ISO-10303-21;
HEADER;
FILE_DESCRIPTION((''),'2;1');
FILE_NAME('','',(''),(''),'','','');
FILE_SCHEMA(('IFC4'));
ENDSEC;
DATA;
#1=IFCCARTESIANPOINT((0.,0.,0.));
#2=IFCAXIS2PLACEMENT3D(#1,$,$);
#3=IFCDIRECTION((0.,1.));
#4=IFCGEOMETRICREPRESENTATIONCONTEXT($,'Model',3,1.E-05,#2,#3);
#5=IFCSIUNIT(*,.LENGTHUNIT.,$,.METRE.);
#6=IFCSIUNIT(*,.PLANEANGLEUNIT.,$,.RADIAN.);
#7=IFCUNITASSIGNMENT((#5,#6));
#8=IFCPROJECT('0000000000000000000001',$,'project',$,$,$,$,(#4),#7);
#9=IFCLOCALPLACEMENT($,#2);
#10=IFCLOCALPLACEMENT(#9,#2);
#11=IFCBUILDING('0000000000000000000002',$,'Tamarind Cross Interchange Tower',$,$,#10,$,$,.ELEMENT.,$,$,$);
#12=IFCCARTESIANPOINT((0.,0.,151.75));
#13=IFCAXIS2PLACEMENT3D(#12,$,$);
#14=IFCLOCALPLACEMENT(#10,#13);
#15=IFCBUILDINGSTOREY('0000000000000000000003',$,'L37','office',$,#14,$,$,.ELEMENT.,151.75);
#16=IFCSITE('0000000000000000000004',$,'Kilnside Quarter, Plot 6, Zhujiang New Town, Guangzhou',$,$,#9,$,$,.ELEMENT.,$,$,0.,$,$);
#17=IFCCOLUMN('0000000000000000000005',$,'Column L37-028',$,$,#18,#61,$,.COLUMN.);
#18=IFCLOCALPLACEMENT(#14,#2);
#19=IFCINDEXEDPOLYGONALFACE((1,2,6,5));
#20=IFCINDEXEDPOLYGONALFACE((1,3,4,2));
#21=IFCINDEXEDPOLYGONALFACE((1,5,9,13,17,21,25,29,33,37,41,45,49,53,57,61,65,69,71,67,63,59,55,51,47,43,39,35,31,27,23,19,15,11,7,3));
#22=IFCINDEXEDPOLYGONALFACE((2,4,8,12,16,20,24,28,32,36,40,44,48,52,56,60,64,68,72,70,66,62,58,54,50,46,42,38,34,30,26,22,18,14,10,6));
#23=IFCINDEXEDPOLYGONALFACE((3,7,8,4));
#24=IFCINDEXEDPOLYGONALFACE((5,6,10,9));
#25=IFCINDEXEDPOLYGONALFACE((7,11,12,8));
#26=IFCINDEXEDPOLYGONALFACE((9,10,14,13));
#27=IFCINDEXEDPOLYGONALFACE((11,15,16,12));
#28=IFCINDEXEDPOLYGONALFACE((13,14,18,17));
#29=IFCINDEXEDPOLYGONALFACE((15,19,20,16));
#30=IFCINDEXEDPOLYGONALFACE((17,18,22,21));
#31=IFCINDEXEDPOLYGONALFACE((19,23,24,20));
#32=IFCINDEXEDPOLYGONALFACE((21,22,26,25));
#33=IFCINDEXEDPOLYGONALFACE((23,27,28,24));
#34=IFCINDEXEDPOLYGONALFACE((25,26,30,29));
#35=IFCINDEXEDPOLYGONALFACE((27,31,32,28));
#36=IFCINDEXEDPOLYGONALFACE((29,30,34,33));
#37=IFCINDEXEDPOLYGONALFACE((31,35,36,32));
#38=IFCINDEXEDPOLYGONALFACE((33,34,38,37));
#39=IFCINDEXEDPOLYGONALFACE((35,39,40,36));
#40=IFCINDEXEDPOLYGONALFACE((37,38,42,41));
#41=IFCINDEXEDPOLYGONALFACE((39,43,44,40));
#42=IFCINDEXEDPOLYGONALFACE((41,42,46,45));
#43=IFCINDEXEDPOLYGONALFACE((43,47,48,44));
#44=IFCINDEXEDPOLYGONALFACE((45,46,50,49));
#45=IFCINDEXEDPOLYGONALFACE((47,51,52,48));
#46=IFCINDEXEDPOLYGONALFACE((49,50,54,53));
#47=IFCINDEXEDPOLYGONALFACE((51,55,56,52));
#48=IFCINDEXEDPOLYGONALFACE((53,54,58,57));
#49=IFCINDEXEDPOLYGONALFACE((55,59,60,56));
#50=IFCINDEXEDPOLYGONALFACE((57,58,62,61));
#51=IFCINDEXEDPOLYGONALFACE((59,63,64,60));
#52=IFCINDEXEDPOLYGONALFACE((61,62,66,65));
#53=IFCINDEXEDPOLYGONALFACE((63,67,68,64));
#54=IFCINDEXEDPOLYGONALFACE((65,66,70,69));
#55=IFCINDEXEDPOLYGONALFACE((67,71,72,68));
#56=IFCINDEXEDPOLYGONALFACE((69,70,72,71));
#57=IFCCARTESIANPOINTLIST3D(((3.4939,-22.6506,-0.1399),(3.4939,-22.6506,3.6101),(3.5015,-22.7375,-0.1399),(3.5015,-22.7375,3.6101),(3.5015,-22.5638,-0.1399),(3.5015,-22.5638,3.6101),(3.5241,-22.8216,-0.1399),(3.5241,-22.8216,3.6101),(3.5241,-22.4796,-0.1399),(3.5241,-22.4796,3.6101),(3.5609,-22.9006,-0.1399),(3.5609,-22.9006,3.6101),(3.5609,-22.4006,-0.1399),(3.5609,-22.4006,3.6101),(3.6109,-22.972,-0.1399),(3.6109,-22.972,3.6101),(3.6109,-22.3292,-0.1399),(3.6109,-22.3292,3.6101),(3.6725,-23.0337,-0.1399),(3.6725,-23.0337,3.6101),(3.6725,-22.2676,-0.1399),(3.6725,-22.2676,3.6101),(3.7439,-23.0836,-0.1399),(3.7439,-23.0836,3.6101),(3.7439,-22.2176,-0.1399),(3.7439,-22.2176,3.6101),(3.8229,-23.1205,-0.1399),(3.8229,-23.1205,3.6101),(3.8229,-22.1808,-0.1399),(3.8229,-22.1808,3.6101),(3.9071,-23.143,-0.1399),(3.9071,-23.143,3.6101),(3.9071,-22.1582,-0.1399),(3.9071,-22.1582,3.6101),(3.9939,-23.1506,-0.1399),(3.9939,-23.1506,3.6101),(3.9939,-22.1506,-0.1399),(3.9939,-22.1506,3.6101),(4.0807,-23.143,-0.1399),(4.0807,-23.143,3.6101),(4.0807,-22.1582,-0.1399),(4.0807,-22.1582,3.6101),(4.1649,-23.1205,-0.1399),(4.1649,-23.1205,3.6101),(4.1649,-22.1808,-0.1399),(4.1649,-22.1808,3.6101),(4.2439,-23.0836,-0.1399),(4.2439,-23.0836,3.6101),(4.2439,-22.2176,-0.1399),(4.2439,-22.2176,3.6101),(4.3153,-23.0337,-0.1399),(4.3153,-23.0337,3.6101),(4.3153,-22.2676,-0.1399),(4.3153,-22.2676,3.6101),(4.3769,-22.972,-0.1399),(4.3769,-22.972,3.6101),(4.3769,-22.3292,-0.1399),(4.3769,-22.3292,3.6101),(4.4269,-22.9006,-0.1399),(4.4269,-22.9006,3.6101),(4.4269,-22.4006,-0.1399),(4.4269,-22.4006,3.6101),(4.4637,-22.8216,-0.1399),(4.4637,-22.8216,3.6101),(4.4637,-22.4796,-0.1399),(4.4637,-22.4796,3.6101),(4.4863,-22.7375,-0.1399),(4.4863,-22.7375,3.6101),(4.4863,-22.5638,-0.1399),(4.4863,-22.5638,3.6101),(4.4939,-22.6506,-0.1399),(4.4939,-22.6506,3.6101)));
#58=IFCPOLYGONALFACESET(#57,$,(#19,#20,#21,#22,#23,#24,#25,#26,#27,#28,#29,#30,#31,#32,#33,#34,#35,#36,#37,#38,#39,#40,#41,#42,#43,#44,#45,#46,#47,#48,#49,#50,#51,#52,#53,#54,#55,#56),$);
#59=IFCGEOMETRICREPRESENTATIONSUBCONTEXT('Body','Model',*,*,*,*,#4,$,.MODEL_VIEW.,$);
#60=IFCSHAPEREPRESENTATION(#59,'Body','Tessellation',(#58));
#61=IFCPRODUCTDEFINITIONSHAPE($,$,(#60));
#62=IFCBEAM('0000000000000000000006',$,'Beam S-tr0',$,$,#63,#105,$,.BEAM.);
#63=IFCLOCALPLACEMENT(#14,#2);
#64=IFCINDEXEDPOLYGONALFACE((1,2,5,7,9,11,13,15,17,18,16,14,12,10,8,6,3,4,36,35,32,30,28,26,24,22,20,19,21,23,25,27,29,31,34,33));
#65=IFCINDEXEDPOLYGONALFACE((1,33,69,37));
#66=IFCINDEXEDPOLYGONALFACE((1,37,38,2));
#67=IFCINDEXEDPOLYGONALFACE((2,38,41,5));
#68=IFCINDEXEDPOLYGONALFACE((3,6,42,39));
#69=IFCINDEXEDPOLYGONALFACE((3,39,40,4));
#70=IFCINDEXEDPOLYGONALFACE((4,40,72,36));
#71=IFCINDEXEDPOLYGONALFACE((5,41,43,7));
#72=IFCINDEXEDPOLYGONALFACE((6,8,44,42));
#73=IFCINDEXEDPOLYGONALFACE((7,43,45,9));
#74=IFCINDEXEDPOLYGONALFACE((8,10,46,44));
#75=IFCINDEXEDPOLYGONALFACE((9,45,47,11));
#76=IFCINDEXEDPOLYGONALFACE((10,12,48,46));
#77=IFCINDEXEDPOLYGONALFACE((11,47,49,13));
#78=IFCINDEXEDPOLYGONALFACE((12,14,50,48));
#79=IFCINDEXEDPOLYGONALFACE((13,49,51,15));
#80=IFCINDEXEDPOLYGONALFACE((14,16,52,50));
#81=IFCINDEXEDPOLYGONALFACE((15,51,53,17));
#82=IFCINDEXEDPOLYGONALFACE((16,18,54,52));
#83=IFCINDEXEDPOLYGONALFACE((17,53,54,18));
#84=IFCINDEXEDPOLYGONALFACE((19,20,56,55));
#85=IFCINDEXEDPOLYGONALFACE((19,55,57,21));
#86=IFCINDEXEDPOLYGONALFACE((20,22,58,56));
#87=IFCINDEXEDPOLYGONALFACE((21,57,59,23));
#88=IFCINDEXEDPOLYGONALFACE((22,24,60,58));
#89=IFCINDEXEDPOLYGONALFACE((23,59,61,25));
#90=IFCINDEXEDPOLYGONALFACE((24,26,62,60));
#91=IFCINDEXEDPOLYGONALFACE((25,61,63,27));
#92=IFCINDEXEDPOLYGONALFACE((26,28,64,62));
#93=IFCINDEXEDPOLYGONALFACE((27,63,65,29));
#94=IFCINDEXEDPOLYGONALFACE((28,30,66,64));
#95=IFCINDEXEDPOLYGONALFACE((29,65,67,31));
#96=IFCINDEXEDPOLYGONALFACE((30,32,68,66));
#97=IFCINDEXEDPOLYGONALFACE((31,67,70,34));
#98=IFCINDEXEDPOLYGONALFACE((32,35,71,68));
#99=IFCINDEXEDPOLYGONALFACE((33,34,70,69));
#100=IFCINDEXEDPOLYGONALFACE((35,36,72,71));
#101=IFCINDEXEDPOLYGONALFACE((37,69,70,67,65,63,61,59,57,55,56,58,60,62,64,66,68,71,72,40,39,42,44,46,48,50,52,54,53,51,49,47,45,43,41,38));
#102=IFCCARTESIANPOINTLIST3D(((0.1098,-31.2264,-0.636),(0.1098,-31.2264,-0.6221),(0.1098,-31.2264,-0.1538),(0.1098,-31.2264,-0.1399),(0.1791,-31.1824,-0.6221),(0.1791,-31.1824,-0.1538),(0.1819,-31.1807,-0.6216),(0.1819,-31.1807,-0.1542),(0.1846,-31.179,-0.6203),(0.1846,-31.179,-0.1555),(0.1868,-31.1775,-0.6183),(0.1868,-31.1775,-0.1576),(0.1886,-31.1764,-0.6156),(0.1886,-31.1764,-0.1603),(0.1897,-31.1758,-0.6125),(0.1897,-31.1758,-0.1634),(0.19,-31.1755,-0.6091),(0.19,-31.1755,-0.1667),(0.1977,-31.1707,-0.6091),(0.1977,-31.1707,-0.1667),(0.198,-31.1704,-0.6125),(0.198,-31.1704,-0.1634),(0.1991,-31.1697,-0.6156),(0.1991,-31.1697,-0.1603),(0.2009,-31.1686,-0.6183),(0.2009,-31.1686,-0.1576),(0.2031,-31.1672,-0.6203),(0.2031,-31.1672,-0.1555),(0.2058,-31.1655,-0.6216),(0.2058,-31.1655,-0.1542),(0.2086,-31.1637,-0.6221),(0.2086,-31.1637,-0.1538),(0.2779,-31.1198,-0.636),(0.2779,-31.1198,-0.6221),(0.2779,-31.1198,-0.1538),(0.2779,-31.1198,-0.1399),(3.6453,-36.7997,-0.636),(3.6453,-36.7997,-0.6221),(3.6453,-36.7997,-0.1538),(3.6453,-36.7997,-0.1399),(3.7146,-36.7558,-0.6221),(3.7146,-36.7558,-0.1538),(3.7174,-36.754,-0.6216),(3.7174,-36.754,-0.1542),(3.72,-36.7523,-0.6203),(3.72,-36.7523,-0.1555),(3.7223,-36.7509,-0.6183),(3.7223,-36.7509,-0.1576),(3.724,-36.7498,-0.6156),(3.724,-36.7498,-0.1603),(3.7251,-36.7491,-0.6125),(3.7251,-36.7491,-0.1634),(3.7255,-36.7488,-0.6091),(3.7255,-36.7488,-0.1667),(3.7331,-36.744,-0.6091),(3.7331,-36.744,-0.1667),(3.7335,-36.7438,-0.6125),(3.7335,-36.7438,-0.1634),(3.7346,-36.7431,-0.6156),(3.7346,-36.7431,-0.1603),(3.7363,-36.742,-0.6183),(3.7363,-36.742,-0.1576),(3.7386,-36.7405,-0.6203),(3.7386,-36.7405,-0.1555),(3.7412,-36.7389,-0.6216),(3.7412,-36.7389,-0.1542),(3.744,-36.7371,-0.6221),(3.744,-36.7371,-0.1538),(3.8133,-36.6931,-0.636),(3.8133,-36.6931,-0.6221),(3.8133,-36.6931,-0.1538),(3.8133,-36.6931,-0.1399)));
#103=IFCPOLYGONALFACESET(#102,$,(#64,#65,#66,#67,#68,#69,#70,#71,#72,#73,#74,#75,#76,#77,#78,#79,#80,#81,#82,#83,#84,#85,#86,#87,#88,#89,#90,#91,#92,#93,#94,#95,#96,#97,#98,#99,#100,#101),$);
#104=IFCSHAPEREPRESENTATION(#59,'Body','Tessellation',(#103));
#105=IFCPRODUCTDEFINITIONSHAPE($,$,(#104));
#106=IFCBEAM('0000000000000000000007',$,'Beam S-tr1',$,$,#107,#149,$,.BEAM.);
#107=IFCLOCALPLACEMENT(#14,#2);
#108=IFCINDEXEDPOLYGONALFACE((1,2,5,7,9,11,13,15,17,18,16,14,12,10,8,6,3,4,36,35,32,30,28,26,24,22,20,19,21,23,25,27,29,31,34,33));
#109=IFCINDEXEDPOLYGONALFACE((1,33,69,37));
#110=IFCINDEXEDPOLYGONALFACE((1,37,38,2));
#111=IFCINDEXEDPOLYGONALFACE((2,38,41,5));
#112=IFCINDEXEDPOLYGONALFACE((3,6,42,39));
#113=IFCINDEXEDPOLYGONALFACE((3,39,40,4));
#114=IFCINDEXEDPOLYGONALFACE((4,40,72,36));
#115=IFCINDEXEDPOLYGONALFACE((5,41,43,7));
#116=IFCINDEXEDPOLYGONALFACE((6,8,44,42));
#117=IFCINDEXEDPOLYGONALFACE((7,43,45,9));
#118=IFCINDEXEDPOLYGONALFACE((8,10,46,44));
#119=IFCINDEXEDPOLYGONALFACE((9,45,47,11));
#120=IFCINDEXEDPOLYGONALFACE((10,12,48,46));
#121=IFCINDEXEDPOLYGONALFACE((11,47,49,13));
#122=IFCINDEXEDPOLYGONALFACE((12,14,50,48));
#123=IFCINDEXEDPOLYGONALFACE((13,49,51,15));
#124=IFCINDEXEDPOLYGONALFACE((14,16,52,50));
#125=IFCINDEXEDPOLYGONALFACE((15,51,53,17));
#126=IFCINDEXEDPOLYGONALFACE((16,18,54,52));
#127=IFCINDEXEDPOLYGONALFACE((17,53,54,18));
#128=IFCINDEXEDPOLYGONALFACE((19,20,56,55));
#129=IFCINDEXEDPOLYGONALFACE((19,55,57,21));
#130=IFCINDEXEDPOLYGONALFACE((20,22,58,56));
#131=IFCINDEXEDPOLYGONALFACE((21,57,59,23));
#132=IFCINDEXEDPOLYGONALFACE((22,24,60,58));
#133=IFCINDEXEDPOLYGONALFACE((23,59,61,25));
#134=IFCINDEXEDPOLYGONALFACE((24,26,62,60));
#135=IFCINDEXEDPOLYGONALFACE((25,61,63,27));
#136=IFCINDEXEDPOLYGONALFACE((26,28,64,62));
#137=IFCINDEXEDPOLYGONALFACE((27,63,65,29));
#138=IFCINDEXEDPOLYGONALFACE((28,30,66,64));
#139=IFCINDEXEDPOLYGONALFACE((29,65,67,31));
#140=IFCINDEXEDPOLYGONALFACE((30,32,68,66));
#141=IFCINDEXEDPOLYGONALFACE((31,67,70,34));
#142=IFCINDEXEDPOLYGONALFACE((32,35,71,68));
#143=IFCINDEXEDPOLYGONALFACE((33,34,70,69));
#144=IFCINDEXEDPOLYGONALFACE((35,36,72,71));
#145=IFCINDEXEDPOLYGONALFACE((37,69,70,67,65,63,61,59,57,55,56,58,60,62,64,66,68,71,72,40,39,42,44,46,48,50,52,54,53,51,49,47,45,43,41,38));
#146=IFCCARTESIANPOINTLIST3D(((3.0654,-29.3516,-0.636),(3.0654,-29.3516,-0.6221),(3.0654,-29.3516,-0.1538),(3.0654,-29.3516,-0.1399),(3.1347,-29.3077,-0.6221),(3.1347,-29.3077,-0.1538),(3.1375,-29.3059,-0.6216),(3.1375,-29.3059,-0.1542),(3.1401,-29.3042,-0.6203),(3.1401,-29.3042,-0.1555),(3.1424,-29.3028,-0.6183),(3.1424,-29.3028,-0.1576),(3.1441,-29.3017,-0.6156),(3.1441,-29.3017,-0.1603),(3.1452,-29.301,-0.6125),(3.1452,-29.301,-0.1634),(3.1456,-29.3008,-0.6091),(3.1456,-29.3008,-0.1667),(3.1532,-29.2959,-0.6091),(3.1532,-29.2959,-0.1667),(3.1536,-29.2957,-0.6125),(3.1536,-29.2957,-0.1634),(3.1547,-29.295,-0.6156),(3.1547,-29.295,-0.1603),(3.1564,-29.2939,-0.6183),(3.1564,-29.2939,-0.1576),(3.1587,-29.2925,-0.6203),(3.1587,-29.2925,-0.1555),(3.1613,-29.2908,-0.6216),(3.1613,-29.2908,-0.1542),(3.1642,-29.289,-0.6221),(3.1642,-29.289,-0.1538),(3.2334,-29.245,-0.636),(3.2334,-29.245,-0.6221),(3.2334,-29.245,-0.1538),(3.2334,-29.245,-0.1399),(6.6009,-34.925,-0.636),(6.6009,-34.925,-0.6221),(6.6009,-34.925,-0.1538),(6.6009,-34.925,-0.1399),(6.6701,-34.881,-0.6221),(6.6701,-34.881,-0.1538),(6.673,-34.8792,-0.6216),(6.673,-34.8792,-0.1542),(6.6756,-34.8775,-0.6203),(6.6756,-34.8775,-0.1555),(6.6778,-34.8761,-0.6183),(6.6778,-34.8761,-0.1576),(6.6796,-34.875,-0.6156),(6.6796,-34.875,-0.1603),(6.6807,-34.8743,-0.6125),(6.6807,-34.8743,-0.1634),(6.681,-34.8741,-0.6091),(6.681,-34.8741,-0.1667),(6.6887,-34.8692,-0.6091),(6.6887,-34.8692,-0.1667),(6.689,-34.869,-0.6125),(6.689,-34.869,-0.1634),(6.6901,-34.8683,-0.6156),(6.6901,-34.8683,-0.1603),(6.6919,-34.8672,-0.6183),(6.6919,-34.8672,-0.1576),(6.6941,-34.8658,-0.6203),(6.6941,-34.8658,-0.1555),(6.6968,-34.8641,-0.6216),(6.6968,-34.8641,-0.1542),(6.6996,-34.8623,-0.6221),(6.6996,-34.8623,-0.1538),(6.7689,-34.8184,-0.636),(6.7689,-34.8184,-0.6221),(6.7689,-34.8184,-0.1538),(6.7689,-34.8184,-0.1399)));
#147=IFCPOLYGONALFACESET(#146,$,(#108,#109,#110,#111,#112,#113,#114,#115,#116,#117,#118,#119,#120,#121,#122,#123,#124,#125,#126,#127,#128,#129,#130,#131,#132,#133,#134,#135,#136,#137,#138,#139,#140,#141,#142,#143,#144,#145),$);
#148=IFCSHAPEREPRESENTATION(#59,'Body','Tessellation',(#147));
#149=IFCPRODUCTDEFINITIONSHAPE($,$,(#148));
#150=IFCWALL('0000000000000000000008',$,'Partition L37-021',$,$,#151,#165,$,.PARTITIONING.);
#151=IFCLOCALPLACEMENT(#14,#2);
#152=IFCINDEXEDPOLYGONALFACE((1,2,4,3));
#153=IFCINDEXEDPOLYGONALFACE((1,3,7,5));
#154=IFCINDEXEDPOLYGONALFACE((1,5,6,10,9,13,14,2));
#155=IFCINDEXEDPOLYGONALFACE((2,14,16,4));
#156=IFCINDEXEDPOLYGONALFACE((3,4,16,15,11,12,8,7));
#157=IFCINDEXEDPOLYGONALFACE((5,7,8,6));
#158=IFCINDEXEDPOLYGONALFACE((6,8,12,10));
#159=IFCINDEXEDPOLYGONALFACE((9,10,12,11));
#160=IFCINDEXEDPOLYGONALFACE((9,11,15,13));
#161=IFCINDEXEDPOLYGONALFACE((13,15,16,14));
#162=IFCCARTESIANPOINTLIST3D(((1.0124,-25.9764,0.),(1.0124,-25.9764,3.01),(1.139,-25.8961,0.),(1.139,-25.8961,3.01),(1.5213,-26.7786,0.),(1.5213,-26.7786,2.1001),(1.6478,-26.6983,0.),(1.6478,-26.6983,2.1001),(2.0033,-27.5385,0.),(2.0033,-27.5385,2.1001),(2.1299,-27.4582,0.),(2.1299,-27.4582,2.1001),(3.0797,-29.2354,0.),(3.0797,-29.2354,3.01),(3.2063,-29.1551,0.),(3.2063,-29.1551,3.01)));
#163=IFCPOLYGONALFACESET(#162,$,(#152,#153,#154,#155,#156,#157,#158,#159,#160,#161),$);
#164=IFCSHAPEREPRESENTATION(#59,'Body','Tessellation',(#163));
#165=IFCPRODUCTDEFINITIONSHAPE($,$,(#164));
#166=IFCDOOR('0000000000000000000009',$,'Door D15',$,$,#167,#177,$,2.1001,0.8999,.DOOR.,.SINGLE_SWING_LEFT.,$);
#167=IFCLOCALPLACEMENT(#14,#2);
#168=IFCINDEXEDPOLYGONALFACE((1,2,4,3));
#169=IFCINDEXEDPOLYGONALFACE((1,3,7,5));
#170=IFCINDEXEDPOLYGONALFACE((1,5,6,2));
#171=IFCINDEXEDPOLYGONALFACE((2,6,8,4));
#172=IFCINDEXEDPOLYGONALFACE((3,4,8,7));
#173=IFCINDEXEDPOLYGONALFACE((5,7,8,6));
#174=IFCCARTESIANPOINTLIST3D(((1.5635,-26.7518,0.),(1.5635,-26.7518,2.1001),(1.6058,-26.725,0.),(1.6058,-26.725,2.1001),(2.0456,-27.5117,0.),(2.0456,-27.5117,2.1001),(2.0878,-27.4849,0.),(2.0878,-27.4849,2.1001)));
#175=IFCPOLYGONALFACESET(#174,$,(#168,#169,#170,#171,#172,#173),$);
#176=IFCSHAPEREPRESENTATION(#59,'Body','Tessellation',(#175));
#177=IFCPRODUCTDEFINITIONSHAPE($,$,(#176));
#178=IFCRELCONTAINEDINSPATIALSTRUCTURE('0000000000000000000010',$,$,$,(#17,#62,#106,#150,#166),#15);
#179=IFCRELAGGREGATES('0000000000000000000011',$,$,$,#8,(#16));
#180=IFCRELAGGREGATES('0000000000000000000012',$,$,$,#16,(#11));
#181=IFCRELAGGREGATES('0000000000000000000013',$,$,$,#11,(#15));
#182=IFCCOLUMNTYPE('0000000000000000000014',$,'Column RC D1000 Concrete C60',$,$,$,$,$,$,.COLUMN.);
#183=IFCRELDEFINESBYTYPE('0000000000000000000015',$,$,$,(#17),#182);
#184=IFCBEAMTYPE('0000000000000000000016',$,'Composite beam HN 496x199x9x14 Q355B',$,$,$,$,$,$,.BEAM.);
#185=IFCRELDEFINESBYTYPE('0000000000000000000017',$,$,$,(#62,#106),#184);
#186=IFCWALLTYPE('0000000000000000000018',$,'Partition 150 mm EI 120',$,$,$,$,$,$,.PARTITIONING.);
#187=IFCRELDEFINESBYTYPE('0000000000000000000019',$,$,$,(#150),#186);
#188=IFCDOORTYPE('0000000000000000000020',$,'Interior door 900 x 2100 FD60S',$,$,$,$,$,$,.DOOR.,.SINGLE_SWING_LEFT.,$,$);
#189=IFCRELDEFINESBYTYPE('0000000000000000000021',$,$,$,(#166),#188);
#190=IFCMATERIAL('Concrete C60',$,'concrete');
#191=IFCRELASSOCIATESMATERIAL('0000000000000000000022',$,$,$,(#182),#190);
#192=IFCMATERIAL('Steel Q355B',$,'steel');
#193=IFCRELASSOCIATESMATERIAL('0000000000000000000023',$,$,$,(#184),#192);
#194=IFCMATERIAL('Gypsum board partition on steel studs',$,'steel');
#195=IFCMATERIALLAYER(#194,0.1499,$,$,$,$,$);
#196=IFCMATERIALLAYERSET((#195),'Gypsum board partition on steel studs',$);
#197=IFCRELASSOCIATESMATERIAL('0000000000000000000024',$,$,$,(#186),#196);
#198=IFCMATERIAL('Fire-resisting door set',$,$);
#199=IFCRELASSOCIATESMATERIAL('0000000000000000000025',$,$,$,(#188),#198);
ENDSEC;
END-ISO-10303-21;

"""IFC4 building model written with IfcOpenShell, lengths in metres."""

from ifc_helpers import new_model, si_unit, direction, frame, frame_2d, origin, origin_2d, place, context, subcontext, project, spatial, rectangle, circle, i_section, extrude, material, layer, layer_set, material_profile, profile_set, type_object, element, fill, save


model = new_model("IFC4")

# Units and contexts
model_context = context("Model", 3, precision=1e-05, world=origin(), true_north=direction((0.0, 1.0)))
body_context = subcontext(model_context, "Body", "Model", "MODEL_VIEW")
ifc_project = project(units=[si_unit("LENGTHUNIT", "METRE"), si_unit("PLANEANGLEUNIT", "RADIAN")], contexts=[model_context])

# Site, building, storey
site_placement = place(None, origin())
site = spatial("IfcSite", under=ifc_project, at=site_placement, Name="Kilnside Quarter, Plot 6, Zhujiang New Town, Guangzhou", CompositionType="ELEMENT", RefElevation=0.0)
building_placement = place(site_placement, origin())
building = spatial("IfcBuilding", under=site, at=building_placement, Name="Tamarind Cross Interchange Tower", CompositionType="ELEMENT")
storey_placement = place(building_placement, frame((0.0, 0.0, 151.75)))
storey = spatial("IfcBuildingStorey", under=building, at=storey_placement, Name="L37", Description="office", CompositionType="ELEMENT", Elevation=151.75)

# Column
ifc_material_1 = material(Name="Concrete C60", Category="concrete")
ifc_material_profile_1 = material_profile(ifc_material_1, circle(Radius=0.5, at=origin_2d()), Name="RC D1000")
ifc_profile_set_1 = profile_set([ifc_material_profile_1], Name="Concrete C60")
column_type = type_object("IfcColumnType", Name="Column RC D1000 Concrete C60", PredefinedType="COLUMN", material=ifc_profile_set_1)
column_placement = place(storey_placement, frame((3.9939, -22.6506, -0.1399), z_axis=(0.0, 0.0, 1.0), x_axis=(1.0, 0.0, 0.0)))
element("IfcColumn", 1, at=column_placement, inside=storey, type_object=column_type, Name="Column L37-028", PredefinedType="COLUMN", context=body_context, shape_type="SweptSolid", body=[
    extrude(circle(Radius=0.5, at=origin_2d()), origin(), (0.0, 0.0, 1.0), 3.75),
])

# Beams
ifc_material_2 = material(Name="Steel Q355B", Category="steel")
ifc_material_profile_2 = material_profile(ifc_material_2, i_section(OverallWidth=0.199, OverallDepth=0.4961, WebThickness=0.009, FlangeThickness=0.0139, FilletRadius=0.0129, at=origin_2d()), Name="HN 496x199x9x14")
ifc_profile_set_2 = profile_set([ifc_material_profile_2], Name="Steel Q355B")
beam_type = type_object("IfcBeamType", Name="Composite beam HN 496x199x9x14 Q355B", PredefinedType="BEAM", material=ifc_profile_set_2)
for number, where, z_axis, x_axis, name in (
    (2, (0.1938, -31.1731, -0.3879), (0.535666, -0.84443, 0.0), (0.84443, 0.535666, 0.0), "Beam S-tr0"),
    (3, (3.1494, -29.2983, -0.3879), (0.535666, -0.84443, 0.0), (0.84443, 0.535666, 0.0), "Beam S-tr1"),
):
    element("IfcBeam", number, at=place(storey_placement, frame(where, z_axis=z_axis, x_axis=x_axis)), inside=storey, type_object=beam_type, Name=name, PredefinedType="BEAM", context=body_context, shape_type="SweptSolid", body=[
        extrude(i_section(OverallWidth=0.199, OverallDepth=0.4961, WebThickness=0.009, FlangeThickness=0.0139, FilletRadius=0.0129, at=origin_2d()), origin(), (0.0, 0.0, 1.0), 6.6001),
    ])

# Wall, opening, door
ifc_material_3 = material(Name="Gypsum board partition on steel studs", Category="steel")
ifc_layer_1 = layer(ifc_material_3, 0.1499)
ifc_layer_set_1 = layer_set([ifc_layer_1], Name="Gypsum board partition on steel studs")
wall_type_1 = type_object("IfcWallType", Name="Partition 150 mm EI 120", PredefinedType="PARTITIONING", material=ifc_layer_set_1)
wall_1_placement = place(storey_placement, frame((1.0757, -25.9363, 0.0), z_axis=(0.0, 0.0, 1.0), x_axis=(0.535667, -0.844429, 0.0)))
wall_1 = element("IfcWall", 4, at=wall_1_placement, inside=storey, type_object=wall_type_1, Name="Partition L37-021", PredefinedType="PARTITIONING", context=body_context, shape_type="SweptSolid", body=[
    extrude(rectangle(XDim=3.8594, YDim=0.1499, at=frame_2d((1.9297, 0.0))), origin(), (0.0, 0.0, 1.0), 3.01),
])
opening_1_placement = place(wall_1_placement, frame((0.95, 0.0, 0.0)))
opening_1 = element("IfcOpeningElement", 5, at=opening_1_placement, cuts=wall_1, PredefinedType="OPENING", context=body_context, shape_type="SweptSolid", body=[
    extrude(rectangle(XDim=0.8999, YDim=2.1001, at=frame_2d((0.45, 1.05))), frame((0.0, 0.085, 0.0), z_axis=(0.0, -1.0, 0.0), x_axis=(1.0, 0.0, 0.0)), (0.0, 0.0, 1.0), 0.1699),
])
ifc_material_4 = material(Name="Fire-resisting door set")
door_type_1 = type_object("IfcDoorType", Name="Interior door 900 x 2100 FD60S", OperationType="SINGLE_SWING_LEFT", PredefinedType="DOOR", material=ifc_material_4)
door_1_placement = place(opening_1_placement, frame((0.8999, 0.0, 0.0), z_axis=(0.0, 0.0, 1.0), x_axis=(-1.0, 0.0, 0.0)))
door_1 = element("IfcDoor", 6, at=door_1_placement, inside=storey, type_object=door_type_1, Name="Door D15", OperationType="SINGLE_SWING_LEFT", OverallHeight=2.1001, OverallWidth=0.8999, PredefinedType="DOOR", context=body_context, shape_type="SweptSolid", body=[
    extrude(rectangle(XDim=0.8999, YDim=2.1001, at=frame_2d((0.45, 1.05))), frame((0.0, 0.0249, 0.0), z_axis=(0.0, -1.0, 0.0), x_axis=(1.0, 0.0, 0.0)), (0.0, 0.0, 1.0), 0.05),
])
fill(opening_1, door_1)

save(model, "model.ifc")
